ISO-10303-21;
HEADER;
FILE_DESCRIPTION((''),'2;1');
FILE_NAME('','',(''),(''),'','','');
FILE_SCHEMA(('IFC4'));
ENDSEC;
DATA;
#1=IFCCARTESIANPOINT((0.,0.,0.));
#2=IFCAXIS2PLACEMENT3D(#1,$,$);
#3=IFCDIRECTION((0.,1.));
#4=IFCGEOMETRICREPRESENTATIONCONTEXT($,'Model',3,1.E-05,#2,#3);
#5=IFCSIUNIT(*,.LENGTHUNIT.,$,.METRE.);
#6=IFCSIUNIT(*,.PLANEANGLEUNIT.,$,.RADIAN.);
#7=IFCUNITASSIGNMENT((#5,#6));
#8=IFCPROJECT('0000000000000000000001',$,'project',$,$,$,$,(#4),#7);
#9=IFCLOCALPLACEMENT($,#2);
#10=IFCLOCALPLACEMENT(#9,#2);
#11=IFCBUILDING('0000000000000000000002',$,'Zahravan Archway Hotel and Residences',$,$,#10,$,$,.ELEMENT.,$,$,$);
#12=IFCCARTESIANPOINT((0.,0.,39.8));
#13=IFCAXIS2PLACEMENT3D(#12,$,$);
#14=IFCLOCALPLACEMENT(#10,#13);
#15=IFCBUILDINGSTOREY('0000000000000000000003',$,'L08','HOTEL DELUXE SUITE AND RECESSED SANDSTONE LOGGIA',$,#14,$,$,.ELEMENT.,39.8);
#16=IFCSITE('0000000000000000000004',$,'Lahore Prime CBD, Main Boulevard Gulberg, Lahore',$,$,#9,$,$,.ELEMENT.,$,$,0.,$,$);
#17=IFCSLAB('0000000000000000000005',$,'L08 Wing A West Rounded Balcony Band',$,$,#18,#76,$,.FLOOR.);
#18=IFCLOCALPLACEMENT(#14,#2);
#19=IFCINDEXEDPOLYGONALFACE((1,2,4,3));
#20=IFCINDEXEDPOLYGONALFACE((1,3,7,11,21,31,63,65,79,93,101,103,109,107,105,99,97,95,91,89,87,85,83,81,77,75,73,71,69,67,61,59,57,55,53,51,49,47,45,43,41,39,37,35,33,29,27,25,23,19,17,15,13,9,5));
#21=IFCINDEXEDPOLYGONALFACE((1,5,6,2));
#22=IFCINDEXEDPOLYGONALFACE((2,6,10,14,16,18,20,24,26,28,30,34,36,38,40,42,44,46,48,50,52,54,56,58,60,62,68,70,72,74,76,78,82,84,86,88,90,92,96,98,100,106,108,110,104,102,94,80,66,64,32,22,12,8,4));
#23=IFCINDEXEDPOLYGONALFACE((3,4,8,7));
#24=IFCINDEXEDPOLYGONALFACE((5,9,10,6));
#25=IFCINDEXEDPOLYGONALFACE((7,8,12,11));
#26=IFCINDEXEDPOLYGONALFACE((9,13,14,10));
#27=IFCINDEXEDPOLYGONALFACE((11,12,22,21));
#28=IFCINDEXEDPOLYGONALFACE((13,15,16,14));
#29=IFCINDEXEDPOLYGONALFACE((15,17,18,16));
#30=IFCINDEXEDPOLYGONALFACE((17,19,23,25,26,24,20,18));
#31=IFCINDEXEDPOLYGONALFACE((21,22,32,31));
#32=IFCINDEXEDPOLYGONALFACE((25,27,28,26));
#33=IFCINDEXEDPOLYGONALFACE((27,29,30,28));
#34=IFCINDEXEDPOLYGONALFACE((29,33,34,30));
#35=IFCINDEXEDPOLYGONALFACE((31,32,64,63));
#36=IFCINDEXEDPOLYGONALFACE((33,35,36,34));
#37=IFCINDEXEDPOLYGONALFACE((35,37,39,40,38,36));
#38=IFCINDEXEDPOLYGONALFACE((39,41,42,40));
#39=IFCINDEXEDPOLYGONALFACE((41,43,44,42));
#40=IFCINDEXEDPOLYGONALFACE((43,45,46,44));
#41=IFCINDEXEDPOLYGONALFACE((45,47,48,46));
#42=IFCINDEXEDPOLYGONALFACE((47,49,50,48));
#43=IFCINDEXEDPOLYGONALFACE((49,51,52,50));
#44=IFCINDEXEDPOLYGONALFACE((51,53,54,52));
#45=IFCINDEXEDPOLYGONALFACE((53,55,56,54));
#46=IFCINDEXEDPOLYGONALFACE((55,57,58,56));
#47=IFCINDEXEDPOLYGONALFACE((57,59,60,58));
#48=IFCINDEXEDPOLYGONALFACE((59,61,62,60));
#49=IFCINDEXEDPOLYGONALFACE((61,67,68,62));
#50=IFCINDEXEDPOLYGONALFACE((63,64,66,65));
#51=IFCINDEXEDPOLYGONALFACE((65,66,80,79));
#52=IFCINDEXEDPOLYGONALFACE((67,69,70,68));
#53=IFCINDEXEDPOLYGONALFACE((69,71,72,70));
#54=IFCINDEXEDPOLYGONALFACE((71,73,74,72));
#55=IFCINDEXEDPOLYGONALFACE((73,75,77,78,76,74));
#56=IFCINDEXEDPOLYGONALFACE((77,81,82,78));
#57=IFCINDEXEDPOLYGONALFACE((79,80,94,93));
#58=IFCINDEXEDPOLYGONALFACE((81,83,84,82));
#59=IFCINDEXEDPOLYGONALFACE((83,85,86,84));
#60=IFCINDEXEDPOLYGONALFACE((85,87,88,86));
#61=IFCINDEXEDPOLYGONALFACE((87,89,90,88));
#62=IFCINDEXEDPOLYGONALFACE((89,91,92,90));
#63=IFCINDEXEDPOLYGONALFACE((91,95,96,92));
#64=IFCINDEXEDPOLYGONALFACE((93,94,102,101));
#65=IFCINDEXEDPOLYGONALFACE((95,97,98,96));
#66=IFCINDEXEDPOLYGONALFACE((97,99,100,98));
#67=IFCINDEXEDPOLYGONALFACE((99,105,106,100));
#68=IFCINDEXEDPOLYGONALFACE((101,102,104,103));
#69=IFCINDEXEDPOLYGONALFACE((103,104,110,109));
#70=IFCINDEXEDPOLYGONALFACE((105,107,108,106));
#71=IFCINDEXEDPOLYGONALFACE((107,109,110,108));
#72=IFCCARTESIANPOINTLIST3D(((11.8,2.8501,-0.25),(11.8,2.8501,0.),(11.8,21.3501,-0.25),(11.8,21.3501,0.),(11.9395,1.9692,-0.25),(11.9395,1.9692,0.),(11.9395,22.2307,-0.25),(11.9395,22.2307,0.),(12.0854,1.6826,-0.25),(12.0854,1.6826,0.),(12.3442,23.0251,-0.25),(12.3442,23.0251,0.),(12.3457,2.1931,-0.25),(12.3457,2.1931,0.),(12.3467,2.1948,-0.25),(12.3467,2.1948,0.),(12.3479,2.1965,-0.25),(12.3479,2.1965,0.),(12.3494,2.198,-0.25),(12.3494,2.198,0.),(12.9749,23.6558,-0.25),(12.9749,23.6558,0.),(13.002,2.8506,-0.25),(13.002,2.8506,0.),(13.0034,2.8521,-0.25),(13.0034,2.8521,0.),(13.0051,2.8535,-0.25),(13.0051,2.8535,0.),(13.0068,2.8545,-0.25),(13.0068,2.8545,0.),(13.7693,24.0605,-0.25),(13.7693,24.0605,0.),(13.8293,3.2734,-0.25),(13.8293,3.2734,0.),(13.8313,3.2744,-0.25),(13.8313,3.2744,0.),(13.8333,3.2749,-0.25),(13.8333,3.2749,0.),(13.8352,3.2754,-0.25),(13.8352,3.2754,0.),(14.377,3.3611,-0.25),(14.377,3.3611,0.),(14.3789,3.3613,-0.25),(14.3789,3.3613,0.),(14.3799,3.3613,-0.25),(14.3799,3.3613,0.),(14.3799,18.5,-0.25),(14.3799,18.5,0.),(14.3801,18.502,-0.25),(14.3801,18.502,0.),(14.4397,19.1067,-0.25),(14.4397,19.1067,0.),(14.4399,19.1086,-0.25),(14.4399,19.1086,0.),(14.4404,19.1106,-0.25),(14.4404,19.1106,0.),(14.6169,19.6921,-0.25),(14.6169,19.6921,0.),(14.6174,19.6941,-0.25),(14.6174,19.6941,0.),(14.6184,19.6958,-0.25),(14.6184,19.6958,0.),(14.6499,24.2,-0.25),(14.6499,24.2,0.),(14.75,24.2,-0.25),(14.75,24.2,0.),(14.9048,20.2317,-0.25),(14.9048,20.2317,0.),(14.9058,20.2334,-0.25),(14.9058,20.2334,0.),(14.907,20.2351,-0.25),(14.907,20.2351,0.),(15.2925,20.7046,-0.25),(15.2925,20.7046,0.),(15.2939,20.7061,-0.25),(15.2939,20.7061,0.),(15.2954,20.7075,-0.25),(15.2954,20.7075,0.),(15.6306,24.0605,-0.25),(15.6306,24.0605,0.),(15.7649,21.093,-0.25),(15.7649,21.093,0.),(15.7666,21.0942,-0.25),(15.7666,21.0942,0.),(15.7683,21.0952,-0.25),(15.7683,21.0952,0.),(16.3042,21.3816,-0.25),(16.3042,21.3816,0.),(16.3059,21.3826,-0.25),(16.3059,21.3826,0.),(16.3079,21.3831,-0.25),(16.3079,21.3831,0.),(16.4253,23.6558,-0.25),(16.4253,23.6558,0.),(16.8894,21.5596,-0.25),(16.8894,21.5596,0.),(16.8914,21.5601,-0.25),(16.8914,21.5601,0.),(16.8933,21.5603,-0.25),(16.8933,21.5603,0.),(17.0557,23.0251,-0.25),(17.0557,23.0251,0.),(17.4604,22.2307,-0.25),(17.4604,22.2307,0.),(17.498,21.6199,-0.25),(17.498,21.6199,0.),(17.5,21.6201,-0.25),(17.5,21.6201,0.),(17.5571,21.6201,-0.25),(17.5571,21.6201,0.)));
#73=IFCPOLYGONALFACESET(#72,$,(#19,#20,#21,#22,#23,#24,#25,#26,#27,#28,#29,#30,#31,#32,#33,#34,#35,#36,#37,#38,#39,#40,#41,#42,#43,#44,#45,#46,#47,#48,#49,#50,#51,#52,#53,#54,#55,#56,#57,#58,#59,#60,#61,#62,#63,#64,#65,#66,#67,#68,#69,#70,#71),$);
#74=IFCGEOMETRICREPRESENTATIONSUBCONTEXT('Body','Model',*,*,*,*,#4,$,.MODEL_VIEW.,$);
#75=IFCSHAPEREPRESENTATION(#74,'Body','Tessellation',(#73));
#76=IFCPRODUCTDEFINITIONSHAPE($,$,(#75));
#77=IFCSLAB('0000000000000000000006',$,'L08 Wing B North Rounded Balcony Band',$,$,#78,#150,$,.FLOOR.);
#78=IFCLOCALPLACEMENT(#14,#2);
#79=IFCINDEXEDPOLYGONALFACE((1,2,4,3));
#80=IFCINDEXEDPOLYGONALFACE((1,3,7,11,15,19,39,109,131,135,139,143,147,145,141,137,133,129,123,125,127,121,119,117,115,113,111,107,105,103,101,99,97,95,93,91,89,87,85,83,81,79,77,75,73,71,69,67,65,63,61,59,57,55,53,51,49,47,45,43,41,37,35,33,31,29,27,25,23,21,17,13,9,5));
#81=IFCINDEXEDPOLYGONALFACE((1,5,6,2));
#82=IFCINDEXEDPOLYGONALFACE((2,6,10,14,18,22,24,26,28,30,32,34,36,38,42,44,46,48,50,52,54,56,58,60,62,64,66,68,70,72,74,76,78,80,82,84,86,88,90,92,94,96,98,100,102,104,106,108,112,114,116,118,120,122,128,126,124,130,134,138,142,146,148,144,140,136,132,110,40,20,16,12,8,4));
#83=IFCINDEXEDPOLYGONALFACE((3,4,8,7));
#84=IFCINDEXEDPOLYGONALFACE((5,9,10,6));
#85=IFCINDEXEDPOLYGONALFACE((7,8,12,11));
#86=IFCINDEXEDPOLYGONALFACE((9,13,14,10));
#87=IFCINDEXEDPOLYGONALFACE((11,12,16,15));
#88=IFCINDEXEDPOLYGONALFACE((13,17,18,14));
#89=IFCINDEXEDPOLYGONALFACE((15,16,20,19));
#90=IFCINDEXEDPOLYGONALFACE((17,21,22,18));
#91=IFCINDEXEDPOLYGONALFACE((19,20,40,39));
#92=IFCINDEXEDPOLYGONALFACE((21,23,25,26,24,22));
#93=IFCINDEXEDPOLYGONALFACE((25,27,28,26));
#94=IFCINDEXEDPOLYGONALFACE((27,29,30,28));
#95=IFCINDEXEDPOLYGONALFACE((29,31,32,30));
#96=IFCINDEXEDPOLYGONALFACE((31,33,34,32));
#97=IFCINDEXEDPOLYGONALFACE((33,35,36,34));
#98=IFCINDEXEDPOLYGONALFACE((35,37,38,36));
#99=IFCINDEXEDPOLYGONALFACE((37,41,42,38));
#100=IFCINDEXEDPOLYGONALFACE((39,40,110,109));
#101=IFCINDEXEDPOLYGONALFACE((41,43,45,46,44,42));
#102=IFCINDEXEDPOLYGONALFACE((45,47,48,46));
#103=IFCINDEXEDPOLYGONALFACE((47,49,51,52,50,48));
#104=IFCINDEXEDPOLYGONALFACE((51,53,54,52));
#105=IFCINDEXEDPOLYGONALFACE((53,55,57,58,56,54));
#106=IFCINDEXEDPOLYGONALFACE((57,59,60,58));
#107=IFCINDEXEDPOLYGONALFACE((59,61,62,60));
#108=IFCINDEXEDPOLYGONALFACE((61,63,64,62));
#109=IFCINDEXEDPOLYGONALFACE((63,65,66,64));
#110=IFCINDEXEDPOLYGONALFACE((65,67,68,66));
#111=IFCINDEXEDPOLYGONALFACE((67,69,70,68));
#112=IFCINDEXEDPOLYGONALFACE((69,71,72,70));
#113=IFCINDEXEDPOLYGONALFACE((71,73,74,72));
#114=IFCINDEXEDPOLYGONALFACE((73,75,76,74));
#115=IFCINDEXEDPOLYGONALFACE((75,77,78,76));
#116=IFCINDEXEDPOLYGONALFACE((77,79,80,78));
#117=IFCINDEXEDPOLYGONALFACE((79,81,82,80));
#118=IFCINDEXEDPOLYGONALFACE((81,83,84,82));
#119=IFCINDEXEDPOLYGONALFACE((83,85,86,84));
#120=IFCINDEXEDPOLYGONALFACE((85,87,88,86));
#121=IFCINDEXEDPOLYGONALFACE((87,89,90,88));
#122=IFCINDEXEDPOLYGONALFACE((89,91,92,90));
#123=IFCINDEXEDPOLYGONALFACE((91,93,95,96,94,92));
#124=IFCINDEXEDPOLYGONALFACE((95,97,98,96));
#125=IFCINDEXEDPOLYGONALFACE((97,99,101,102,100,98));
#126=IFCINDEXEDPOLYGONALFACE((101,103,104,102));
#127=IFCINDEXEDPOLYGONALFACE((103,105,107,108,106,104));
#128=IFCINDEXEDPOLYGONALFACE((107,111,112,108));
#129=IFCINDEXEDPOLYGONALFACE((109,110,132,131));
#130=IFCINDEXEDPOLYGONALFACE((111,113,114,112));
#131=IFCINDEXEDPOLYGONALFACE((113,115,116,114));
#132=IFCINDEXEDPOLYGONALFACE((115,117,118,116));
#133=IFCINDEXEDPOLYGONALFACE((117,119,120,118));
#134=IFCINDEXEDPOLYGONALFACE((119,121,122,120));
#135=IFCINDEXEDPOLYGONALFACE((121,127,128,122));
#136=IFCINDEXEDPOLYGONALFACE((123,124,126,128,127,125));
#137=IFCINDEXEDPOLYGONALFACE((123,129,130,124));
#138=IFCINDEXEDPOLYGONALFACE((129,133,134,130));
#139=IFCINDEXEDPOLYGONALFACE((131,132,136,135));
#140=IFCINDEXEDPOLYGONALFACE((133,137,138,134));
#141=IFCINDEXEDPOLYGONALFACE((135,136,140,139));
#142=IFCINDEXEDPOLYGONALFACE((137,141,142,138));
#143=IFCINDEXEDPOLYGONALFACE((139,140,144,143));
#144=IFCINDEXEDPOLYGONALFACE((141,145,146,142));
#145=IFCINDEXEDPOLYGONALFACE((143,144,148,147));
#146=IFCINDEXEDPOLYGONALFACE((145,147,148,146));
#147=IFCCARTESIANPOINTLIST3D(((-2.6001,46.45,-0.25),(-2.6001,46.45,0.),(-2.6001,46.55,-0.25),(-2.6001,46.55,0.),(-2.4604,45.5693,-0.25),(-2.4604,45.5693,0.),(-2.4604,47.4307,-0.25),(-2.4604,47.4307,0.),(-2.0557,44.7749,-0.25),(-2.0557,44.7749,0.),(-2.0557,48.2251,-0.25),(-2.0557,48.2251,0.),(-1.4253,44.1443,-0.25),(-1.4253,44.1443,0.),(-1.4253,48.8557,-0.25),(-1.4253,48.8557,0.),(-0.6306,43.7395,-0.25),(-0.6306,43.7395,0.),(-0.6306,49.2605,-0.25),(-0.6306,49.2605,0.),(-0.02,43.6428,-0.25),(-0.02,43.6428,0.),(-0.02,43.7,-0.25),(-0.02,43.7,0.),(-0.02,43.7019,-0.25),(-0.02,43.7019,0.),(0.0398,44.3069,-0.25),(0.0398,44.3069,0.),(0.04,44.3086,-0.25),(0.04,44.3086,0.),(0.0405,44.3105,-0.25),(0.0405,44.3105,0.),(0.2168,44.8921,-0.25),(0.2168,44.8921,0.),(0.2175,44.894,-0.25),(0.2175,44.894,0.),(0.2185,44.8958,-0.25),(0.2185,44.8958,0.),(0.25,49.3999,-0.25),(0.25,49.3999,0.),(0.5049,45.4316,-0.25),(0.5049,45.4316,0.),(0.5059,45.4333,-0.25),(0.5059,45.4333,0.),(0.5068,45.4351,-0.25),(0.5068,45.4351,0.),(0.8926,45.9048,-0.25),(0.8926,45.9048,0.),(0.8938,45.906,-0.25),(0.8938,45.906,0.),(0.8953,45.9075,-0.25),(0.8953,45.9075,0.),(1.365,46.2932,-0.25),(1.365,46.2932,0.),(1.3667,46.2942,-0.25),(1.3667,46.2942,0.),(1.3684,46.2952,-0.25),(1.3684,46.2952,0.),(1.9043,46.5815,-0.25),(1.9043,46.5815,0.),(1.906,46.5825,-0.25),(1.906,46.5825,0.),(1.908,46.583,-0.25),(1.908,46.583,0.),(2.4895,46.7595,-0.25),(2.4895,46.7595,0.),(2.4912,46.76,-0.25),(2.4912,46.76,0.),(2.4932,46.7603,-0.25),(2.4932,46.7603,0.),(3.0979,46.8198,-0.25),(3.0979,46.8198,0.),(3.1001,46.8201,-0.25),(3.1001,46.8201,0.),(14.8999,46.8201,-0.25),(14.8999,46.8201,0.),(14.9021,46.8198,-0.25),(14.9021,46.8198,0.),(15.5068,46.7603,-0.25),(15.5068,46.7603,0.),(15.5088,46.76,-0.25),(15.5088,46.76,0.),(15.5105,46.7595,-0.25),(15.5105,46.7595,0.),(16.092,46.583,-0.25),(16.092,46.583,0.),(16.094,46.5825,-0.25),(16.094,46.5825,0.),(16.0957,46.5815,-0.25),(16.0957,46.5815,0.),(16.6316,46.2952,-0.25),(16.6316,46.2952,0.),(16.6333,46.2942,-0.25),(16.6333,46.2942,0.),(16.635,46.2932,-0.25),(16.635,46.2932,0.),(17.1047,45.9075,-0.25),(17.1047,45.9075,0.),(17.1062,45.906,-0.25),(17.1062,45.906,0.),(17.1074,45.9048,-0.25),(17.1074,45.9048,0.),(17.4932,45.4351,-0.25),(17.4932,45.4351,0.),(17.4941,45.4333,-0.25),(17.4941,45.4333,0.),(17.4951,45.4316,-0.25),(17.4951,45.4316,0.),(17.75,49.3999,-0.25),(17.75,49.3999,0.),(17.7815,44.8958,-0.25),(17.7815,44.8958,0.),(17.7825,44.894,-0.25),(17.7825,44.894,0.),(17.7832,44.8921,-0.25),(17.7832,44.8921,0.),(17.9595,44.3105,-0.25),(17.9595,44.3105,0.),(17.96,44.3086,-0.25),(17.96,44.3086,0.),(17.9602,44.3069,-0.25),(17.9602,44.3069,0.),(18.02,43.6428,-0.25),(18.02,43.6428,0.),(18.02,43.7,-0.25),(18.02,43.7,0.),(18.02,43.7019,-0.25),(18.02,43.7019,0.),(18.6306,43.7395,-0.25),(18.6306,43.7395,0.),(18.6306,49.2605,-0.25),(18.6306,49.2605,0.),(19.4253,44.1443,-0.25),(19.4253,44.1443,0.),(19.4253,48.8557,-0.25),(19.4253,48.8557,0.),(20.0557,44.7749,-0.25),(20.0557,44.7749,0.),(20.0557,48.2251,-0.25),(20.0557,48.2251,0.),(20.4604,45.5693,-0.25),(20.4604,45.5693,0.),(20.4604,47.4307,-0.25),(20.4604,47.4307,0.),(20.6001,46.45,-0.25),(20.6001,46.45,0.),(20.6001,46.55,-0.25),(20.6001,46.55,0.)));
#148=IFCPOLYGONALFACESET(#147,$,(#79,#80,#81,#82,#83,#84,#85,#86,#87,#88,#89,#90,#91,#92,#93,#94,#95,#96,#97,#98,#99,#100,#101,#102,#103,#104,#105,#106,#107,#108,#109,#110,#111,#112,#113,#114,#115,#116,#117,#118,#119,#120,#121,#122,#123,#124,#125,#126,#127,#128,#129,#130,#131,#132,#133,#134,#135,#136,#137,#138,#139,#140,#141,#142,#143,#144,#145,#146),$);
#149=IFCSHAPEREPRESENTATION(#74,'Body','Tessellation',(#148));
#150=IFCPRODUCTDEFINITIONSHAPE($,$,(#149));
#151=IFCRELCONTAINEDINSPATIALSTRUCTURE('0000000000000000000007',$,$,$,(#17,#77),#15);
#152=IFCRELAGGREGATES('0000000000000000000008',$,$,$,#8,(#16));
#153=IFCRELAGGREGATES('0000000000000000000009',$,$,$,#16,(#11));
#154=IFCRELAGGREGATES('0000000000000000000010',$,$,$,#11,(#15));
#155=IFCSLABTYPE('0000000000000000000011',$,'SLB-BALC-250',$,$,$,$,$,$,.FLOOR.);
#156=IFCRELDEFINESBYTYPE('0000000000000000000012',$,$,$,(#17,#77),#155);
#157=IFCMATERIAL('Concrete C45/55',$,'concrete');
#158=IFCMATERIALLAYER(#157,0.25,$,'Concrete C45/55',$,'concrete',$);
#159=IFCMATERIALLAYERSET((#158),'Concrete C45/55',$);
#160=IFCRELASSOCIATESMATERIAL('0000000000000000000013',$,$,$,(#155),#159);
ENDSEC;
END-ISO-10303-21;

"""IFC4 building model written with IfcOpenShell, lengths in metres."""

from ifc_helpers import new_model, si_unit, direction, frame, origin, place, context, subcontext, project, spatial, polyline, outline, extrude, material, layer, layer_set, type_object, element, save


model = new_model("IFC4")

# Units and contexts
model_context = context("Model", 3, precision=1e-05, world=origin(), true_north=direction((0.0, 1.0)))
body_context = subcontext(model_context, "Body", "Model", "MODEL_VIEW")
ifc_project = project(units=[si_unit("LENGTHUNIT", "METRE"), si_unit("PLANEANGLEUNIT", "RADIAN")], contexts=[model_context])

# Site, building, storey
site_placement = place(None, origin())
site = spatial("IfcSite", under=ifc_project, at=site_placement, Name="Lahore Prime CBD, Main Boulevard Gulberg, Lahore", CompositionType="ELEMENT", RefElevation=0.0)
building_placement = place(site_placement, origin())
building = spatial("IfcBuilding", under=site, at=building_placement, Name="Zahravan Archway Hotel and Residences", CompositionType="ELEMENT")
storey_placement = place(building_placement, frame((0.0, 0.0, 39.8)))
storey = spatial("IfcBuildingStorey", under=building, at=storey_placement, Name="L08", Description="HOTEL DELUXE SUITE AND RECESSED SANDSTONE LOGGIA", CompositionType="ELEMENT", Elevation=39.8)

# Slabs
ifc_material_1 = material(Name="Concrete C45/55", Category="concrete")
ifc_layer_1 = layer(ifc_material_1, 0.25, Name="Concrete C45/55", Category="concrete")
ifc_layer_set_1 = layer_set([ifc_layer_1], Name="Concrete C45/55")
slab_type_1 = type_object("IfcSlabType", Name="SLB-BALC-250", PredefinedType="FLOOR", material=ifc_layer_set_1)
slab_1_placement = place(storey_placement, frame((0.0, 0.0, -0.25)))
element("IfcSlab", 1, at=slab_1_placement, inside=storey, type_object=slab_type_1, Name="L08 Wing A West Rounded Balcony Band", PredefinedType="FLOOR", context=body_context, shape_type="SweptSolid", body=[
    extrude(outline(polyline([(11.9395, 1.9692), (11.8, 2.8501), (11.8, 21.3501), (11.9395, 22.2307), (12.3442, 23.0251), (12.9749, 23.6558), (13.7693, 24.0605), (14.6499, 24.2), (14.75, 24.2), (15.6306, 24.0605), (16.4253, 23.6558), (17.0557, 23.0251), (17.4604, 22.2307), (17.5571, 21.6201), (17.5, 21.6201), (17.498, 21.6199), (16.8933, 21.5603), (16.8914, 21.5601), (16.8894, 21.5596), (16.3079, 21.3831), (16.3059, 21.3826), (16.3042, 21.3816), (15.7683, 21.0952), (15.7666, 21.0942), (15.7649, 21.093), (15.2954, 20.7075), (15.2939, 20.7061), (15.2925, 20.7046), (14.907, 20.2351), (14.9058, 20.2334), (14.9048, 20.2317), (14.6184, 19.6958), (14.6174, 19.6941), (14.6169, 19.6921), (14.4404, 19.1106), (14.4399, 19.1086), (14.4397, 19.1067), (14.3801, 18.502), (14.3799, 18.5), (14.3799, 3.3613), (14.3789, 3.3613), (14.377, 3.3611), (13.8352, 3.2754), (13.8333, 3.2749), (13.8313, 3.2744), (13.8293, 3.2734), (13.0068, 2.8545), (13.0051, 2.8535), (13.0034, 2.8521), (13.002, 2.8506), (12.3494, 2.198), (12.3479, 2.1965), (12.3467, 2.1948), (12.3457, 2.1931), (12.0854, 1.6826), (11.9395, 1.9692)])), origin(), (0.0, 0.0, 1.0), 0.25),
])
slab_2_placement = place(storey_placement, frame((0.0, 0.0, -0.25)))
element("IfcSlab", 2, at=slab_2_placement, inside=storey, type_object=slab_type_1, Name="L08 Wing B North Rounded Balcony Band", PredefinedType="FLOOR", context=body_context, shape_type="SweptSolid", body=[
    extrude(outline(polyline([(-0.6306, 43.7395), (-1.4253, 44.1443), (-2.0557, 44.7749), (-2.4604, 45.5693), (-2.6001, 46.45), (-2.6001, 46.55), (-2.4604, 47.4307), (-2.0557, 48.2251), (-1.4253, 48.8557), (-0.6306, 49.2605), (0.25, 49.3999), (17.75, 49.3999), (18.6306, 49.2605), (19.4253, 48.8557), (20.0557, 48.2251), (20.4604, 47.4307), (20.6001, 46.55), (20.6001, 46.45), (20.4604, 45.5693), (20.0557, 44.7749), (19.4253, 44.1443), (18.6306, 43.7395), (18.02, 43.6428), (18.02, 43.7), (18.02, 43.7019), (17.9602, 44.3069), (17.96, 44.3086), (17.9595, 44.3105), (17.7832, 44.8921), (17.7825, 44.894), (17.7815, 44.8958), (17.4951, 45.4316), (17.4941, 45.4333), (17.4932, 45.4351), (17.1074, 45.9048), (17.1062, 45.906), (17.1047, 45.9075), (16.635, 46.2932), (16.6333, 46.2942), (16.6316, 46.2952), (16.0957, 46.5815), (16.094, 46.5825), (16.092, 46.583), (15.5105, 46.7595), (15.5088, 46.76), (15.5068, 46.7603), (14.9021, 46.8198), (14.8999, 46.8201), (3.1001, 46.8201), (3.0979, 46.8198), (2.4932, 46.7603), (2.4912, 46.76), (2.4895, 46.7595), (1.908, 46.583), (1.906, 46.5825), (1.9043, 46.5815), (1.3684, 46.2952), (1.3667, 46.2942), (1.365, 46.2932), (0.8953, 45.9075), (0.8938, 45.906), (0.8926, 45.9048), (0.5068, 45.4351), (0.5059, 45.4333), (0.5049, 45.4316), (0.2185, 44.8958), (0.2175, 44.894), (0.2168, 44.8921), (0.0405, 44.3105), (0.04, 44.3086), (0.0398, 44.3069), (-0.02, 43.7019), (-0.02, 43.7), (-0.02, 43.6428), (-0.6306, 43.7395)])), origin(), (0.0, 0.0, 1.0), 0.25),
])

save(model, "model.ifc")
